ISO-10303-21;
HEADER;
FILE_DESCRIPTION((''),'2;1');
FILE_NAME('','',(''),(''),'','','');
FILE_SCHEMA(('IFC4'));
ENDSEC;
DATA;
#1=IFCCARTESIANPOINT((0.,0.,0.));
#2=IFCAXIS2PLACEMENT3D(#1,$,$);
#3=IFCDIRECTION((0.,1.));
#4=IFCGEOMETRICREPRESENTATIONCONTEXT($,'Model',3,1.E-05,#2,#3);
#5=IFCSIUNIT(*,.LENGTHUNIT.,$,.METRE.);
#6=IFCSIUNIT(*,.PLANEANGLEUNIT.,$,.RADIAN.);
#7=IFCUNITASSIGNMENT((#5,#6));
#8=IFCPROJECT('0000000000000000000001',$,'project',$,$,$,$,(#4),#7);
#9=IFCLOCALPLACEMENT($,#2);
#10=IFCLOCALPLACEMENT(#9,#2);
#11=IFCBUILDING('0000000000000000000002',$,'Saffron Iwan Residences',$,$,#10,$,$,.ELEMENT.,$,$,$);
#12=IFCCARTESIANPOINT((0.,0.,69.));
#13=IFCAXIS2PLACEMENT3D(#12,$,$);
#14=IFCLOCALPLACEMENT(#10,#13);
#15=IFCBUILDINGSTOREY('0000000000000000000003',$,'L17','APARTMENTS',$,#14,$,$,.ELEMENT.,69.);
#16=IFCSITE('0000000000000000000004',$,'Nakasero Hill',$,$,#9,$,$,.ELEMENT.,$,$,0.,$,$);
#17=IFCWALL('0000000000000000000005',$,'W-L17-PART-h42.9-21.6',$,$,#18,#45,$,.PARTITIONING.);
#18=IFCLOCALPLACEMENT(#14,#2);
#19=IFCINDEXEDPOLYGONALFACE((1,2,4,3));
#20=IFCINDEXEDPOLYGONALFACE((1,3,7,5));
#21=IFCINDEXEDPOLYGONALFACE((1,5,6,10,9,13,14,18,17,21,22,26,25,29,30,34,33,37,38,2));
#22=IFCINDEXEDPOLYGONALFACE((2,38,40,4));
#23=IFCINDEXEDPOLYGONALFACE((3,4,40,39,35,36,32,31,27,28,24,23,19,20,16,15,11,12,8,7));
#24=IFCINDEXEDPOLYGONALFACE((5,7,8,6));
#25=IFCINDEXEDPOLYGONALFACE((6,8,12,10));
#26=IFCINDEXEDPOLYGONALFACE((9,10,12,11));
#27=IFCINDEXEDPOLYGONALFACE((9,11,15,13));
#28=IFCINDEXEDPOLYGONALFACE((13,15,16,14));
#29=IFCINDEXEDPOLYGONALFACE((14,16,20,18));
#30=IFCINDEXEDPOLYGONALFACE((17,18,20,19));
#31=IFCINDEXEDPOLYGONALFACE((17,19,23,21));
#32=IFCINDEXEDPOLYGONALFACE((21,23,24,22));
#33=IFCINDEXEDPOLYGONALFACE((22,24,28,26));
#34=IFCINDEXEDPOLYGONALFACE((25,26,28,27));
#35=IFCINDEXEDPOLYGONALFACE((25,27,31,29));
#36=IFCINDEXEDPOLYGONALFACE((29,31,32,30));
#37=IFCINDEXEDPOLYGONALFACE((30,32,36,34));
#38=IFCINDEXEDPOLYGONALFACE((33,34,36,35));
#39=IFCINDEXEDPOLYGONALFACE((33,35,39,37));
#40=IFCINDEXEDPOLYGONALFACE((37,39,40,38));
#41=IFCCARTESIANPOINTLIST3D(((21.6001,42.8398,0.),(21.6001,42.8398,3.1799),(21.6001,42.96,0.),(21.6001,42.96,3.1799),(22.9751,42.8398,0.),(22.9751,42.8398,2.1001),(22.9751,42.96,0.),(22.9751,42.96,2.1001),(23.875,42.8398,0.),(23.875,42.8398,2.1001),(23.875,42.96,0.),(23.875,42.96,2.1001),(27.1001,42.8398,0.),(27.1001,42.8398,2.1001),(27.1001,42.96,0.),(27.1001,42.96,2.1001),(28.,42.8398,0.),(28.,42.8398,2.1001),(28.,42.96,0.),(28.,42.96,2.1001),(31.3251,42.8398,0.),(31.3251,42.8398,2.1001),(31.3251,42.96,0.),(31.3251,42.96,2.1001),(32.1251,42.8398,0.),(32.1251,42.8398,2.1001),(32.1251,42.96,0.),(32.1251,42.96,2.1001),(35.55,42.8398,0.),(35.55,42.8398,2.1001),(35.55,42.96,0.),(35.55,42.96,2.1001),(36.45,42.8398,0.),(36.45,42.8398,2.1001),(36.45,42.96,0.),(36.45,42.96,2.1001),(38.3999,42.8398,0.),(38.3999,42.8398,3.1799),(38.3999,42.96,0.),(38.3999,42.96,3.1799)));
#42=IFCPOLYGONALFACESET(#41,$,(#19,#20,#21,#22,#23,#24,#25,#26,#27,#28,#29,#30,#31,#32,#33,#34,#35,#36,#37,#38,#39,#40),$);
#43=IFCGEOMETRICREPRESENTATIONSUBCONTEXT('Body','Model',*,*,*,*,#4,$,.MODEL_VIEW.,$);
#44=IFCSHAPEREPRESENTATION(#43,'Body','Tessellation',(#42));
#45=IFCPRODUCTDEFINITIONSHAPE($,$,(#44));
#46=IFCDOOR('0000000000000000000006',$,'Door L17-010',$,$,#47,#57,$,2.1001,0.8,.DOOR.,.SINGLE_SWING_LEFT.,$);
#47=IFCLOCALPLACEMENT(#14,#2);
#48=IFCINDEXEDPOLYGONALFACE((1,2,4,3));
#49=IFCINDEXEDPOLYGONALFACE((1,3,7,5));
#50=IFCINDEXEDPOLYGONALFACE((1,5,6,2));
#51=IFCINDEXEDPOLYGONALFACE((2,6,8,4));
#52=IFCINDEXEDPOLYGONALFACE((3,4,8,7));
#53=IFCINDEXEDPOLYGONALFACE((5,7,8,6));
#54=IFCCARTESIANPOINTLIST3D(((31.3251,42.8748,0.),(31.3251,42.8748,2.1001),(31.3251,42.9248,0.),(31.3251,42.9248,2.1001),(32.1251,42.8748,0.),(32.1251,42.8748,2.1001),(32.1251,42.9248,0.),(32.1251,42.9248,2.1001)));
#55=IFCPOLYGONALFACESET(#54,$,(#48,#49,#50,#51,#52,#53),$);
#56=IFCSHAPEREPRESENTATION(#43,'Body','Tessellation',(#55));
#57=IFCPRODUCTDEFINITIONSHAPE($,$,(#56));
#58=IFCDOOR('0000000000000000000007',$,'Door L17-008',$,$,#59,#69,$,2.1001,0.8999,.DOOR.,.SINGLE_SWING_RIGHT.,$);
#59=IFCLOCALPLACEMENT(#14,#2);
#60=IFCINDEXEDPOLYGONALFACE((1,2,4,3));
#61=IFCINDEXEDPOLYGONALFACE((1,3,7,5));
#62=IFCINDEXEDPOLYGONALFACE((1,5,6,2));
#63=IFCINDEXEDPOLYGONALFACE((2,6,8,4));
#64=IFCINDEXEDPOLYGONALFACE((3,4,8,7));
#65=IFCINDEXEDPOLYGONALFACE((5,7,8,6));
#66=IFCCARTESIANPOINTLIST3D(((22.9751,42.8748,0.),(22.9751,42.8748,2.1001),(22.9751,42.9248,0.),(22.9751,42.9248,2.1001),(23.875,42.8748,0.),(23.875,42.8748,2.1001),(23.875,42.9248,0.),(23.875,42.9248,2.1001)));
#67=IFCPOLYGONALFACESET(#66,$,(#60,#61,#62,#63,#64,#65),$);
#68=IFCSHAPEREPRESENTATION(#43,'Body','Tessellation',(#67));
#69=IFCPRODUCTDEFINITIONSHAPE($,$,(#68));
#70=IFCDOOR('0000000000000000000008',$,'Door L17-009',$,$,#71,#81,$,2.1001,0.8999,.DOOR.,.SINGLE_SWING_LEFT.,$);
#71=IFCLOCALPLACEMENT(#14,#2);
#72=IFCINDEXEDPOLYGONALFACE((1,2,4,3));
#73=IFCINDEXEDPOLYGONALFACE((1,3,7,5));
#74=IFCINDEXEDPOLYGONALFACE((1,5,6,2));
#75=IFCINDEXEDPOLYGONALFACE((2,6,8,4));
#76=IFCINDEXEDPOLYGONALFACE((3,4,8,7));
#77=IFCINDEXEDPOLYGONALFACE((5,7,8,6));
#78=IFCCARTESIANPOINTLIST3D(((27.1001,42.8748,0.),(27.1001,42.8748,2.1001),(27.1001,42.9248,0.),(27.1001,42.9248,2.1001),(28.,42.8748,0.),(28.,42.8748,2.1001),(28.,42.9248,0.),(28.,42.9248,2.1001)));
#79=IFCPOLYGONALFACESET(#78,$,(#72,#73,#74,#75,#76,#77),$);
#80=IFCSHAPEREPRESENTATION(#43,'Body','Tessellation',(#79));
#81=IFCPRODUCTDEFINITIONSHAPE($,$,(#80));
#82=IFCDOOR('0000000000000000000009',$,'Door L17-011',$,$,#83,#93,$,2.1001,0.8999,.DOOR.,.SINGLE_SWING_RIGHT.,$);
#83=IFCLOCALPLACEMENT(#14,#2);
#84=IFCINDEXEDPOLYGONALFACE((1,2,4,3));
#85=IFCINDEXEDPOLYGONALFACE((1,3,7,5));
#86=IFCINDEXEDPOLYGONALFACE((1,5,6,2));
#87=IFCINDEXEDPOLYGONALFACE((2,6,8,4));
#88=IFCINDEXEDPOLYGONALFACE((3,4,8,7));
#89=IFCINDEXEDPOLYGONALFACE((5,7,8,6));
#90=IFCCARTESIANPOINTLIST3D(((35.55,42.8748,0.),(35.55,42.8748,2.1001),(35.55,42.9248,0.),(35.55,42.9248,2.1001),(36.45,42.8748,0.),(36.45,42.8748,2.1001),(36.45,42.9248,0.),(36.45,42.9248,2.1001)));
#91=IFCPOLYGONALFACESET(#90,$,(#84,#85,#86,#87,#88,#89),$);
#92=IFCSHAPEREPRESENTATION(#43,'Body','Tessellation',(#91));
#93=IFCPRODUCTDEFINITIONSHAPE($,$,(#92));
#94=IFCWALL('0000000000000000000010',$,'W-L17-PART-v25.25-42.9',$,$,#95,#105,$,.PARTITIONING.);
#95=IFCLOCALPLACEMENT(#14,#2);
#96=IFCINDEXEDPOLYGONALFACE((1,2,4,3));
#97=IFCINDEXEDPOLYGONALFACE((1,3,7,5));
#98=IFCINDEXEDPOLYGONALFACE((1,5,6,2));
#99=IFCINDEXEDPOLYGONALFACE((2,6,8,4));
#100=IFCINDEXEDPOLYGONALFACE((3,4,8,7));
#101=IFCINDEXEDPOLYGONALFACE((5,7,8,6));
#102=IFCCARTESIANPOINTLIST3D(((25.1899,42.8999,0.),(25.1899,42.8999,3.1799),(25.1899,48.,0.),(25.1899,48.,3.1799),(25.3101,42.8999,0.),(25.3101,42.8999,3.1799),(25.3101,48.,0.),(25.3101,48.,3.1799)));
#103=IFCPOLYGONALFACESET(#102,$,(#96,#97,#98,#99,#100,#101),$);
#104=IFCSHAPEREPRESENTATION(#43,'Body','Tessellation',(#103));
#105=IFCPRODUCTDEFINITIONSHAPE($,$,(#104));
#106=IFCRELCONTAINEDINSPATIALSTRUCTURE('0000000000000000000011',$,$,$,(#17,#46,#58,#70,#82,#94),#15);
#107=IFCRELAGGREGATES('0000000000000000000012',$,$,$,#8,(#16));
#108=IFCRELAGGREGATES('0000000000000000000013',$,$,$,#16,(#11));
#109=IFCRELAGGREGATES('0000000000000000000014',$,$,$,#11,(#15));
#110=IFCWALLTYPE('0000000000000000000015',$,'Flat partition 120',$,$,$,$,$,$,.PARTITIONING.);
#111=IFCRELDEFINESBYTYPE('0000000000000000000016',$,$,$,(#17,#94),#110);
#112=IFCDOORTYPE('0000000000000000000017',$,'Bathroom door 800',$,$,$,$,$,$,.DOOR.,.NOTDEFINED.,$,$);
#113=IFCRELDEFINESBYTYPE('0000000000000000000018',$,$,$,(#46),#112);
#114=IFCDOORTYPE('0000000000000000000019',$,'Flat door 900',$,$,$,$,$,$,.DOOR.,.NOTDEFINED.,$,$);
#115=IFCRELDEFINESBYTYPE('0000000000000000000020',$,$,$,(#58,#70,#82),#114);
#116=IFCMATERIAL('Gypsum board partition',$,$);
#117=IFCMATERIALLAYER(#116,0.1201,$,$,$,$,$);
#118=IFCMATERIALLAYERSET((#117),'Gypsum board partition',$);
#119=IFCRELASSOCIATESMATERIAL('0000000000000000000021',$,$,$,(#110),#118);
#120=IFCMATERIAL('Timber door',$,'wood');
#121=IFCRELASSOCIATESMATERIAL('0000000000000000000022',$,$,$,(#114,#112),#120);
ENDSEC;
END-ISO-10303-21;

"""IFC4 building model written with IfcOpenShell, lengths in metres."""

from ifc_helpers import new_model, si_unit, direction, frame, frame_2d, origin, place, context, subcontext, project, spatial, rectangle, extrude, material, layer, layer_set, type_object, element, fill, save


model = new_model("IFC4")

# Units and contexts
model_context = context("Model", 3, precision=1e-05, world=origin(), true_north=direction((0.0, 1.0)))
body_context = subcontext(model_context, "Body", "Model", "MODEL_VIEW")
ifc_project = project(units=[si_unit("LENGTHUNIT", "METRE"), si_unit("PLANEANGLEUNIT", "RADIAN")], contexts=[model_context])

# Site, building, storey
site_placement = place(None, origin())
site = spatial("IfcSite", under=ifc_project, at=site_placement, Name="Nakasero Hill", CompositionType="ELEMENT", RefElevation=0.0)
building_placement = place(site_placement, origin())
building = spatial("IfcBuilding", under=site, at=building_placement, Name="Saffron Iwan Residences", CompositionType="ELEMENT")
storey_placement = place(building_placement, frame((0.0, 0.0, 69.0)))
storey = spatial("IfcBuildingStorey", under=building, at=storey_placement, Name="L17", Description="APARTMENTS", CompositionType="ELEMENT", Elevation=69.0)

# Wall, openings, doors
ifc_material_1 = material(Name="Gypsum board partition")
ifc_layer_1 = layer(ifc_material_1, 0.1201)
ifc_layer_set_1 = layer_set([ifc_layer_1], Name="Gypsum board partition")
wall_type_1 = type_object("IfcWallType", Name="Flat partition 120", PredefinedType="PARTITIONING", material=ifc_layer_set_1)
ifc_material_2 = material(Name="Timber door", Category="wood")
door_type_1 = type_object("IfcDoorType", Name="Flat door 900", OperationType="NOTDEFINED", PredefinedType="DOOR", material=ifc_material_2)
wall_1_placement = place(storey_placement, frame((21.6001, 42.8999, 0.0), z_axis=(0.0, 0.0, 1.0), x_axis=(1.0, 0.0, 0.0)))
wall_1 = element("IfcWall", 1, at=wall_1_placement, inside=storey, type_object=wall_type_1, Name="W-L17-PART-h42.9-21.6", PredefinedType="PARTITIONING", context=body_context, shape_type="SweptSolid", body=[
    extrude(rectangle(XDim=16.7998, YDim=0.1201, at=frame_2d((8.3999, 0.0))), origin(), (0.0, 0.0, 1.0), 3.1799),
])
opening_1_placement = place(wall_1_placement, frame((1.375, 0.0, 0.0)))
opening_1 = element("IfcOpeningElement", 2, at=opening_1_placement, cuts=wall_1, PredefinedType="OPENING", context=body_context, shape_type="SweptSolid", body=[
    extrude(rectangle(XDim=0.8999, YDim=2.1001, at=frame_2d((0.45, 1.05))), frame((0.0, 0.0701, 0.0), z_axis=(0.0, -1.0, 0.0), x_axis=(1.0, 0.0, 0.0)), (0.0, 0.0, 1.0), 0.1401),
])
opening_2_placement = place(wall_1_placement, frame((5.5, 0.0, 0.0)))
opening_2 = element("IfcOpeningElement", 3, at=opening_2_placement, cuts=wall_1, PredefinedType="OPENING", context=body_context, shape_type="SweptSolid", body=[
    extrude(rectangle(XDim=0.8999, YDim=2.1001, at=frame_2d((0.45, 1.05))), frame((0.0, 0.0701, 0.0), z_axis=(0.0, -1.0, 0.0), x_axis=(1.0, 0.0, 0.0)), (0.0, 0.0, 1.0), 0.1401),
])
opening_3_placement = place(wall_1_placement, frame((9.7251, 0.0, 0.0)))
opening_3 = element("IfcOpeningElement", 4, at=opening_3_placement, cuts=wall_1, PredefinedType="OPENING", context=body_context, shape_type="SweptSolid", body=[
    extrude(rectangle(XDim=0.8, YDim=2.1001, at=frame_2d((0.3999, 1.05))), frame((0.0, 0.0701, 0.0), z_axis=(0.0, -1.0, 0.0), x_axis=(1.0, 0.0, 0.0)), (0.0, 0.0, 1.0), 0.1401),
])
opening_4_placement = place(wall_1_placement, frame((13.95, 0.0, 0.0)))
opening_4 = element("IfcOpeningElement", 5, at=opening_4_placement, cuts=wall_1, PredefinedType="OPENING", context=body_context, shape_type="SweptSolid", body=[
    extrude(rectangle(XDim=0.8999, YDim=2.1001, at=frame_2d((0.45, 1.05))), frame((0.0, 0.0701, 0.0), z_axis=(0.0, -1.0, 0.0), x_axis=(1.0, 0.0, 0.0)), (0.0, 0.0, 1.0), 0.1401),
])
door_type_2 = type_object("IfcDoorType", Name="Bathroom door 800", OperationType="NOTDEFINED", PredefinedType="DOOR", material=ifc_material_2)
door_1_placement = place(opening_3_placement, origin())
door_1 = element("IfcDoor", 6, at=door_1_placement, inside=storey, type_object=door_type_2, Name="Door L17-010", OperationType="SINGLE_SWING_LEFT", OverallHeight=2.1001, OverallWidth=0.8, PredefinedType="DOOR", context=body_context, shape_type="SweptSolid", body=[
    extrude(rectangle(XDim=0.8, YDim=2.1001, at=frame_2d((0.3999, 1.05))), frame((0.0, 0.0249, 0.0), z_axis=(0.0, -1.0, 0.0), x_axis=(1.0, 0.0, 0.0)), (0.0, 0.0, 1.0), 0.05),
])
fill(opening_3, door_1)
door_2_placement = place(opening_1_placement, origin())
door_2 = element("IfcDoor", 7, at=door_2_placement, inside=storey, type_object=door_type_1, Name="Door L17-008", OperationType="SINGLE_SWING_RIGHT", OverallHeight=2.1001, OverallWidth=0.8999, PredefinedType="DOOR", context=body_context, shape_type="SweptSolid", body=[
    extrude(rectangle(XDim=0.8999, YDim=2.1001, at=frame_2d((0.45, 1.05))), frame((0.0, 0.0249, 0.0), z_axis=(0.0, -1.0, 0.0), x_axis=(1.0, 0.0, 0.0)), (0.0, 0.0, 1.0), 0.05),
])
fill(opening_1, door_2)
door_3_placement = place(opening_2_placement, origin())
door_3 = element("IfcDoor", 8, at=door_3_placement, inside=storey, type_object=door_type_1, Name="Door L17-009", OperationType="SINGLE_SWING_LEFT", OverallHeight=2.1001, OverallWidth=0.8999, PredefinedType="DOOR", context=body_context, shape_type="SweptSolid", body=[
    extrude(rectangle(XDim=0.8999, YDim=2.1001, at=frame_2d((0.45, 1.05))), frame((0.0, 0.0249, 0.0), z_axis=(0.0, -1.0, 0.0), x_axis=(1.0, 0.0, 0.0)), (0.0, 0.0, 1.0), 0.05),
])
fill(opening_2, door_3)
door_4_placement = place(opening_4_placement, origin())
door_4 = element("IfcDoor", 9, at=door_4_placement, inside=storey, type_object=door_type_1, Name="Door L17-011", OperationType="SINGLE_SWING_RIGHT", OverallHeight=2.1001, OverallWidth=0.8999, PredefinedType="DOOR", context=body_context, shape_type="SweptSolid", body=[
    extrude(rectangle(XDim=0.8999, YDim=2.1001, at=frame_2d((0.45, 1.05))), frame((0.0, 0.0249, 0.0), z_axis=(0.0, -1.0, 0.0), x_axis=(1.0, 0.0, 0.0)), (0.0, 0.0, 1.0), 0.05),
])
fill(opening_4, door_4)

# Wall
wall_2_placement = place(storey_placement, frame((25.25, 42.8999, 0.0), z_axis=(0.0, 0.0, 1.0), x_axis=(0.0, 1.0, 0.0)))
element("IfcWall", 10, at=wall_2_placement, inside=storey, type_object=wall_type_1, Name="W-L17-PART-v25.25-42.9", PredefinedType="PARTITIONING", context=body_context, shape_type="SweptSolid", body=[
    extrude(rectangle(XDim=5.1001, YDim=0.1201, at=frame_2d((2.55, 0.0))), origin(), (0.0, 0.0, 1.0), 3.1799),
])

save(model, "model.ifc")
